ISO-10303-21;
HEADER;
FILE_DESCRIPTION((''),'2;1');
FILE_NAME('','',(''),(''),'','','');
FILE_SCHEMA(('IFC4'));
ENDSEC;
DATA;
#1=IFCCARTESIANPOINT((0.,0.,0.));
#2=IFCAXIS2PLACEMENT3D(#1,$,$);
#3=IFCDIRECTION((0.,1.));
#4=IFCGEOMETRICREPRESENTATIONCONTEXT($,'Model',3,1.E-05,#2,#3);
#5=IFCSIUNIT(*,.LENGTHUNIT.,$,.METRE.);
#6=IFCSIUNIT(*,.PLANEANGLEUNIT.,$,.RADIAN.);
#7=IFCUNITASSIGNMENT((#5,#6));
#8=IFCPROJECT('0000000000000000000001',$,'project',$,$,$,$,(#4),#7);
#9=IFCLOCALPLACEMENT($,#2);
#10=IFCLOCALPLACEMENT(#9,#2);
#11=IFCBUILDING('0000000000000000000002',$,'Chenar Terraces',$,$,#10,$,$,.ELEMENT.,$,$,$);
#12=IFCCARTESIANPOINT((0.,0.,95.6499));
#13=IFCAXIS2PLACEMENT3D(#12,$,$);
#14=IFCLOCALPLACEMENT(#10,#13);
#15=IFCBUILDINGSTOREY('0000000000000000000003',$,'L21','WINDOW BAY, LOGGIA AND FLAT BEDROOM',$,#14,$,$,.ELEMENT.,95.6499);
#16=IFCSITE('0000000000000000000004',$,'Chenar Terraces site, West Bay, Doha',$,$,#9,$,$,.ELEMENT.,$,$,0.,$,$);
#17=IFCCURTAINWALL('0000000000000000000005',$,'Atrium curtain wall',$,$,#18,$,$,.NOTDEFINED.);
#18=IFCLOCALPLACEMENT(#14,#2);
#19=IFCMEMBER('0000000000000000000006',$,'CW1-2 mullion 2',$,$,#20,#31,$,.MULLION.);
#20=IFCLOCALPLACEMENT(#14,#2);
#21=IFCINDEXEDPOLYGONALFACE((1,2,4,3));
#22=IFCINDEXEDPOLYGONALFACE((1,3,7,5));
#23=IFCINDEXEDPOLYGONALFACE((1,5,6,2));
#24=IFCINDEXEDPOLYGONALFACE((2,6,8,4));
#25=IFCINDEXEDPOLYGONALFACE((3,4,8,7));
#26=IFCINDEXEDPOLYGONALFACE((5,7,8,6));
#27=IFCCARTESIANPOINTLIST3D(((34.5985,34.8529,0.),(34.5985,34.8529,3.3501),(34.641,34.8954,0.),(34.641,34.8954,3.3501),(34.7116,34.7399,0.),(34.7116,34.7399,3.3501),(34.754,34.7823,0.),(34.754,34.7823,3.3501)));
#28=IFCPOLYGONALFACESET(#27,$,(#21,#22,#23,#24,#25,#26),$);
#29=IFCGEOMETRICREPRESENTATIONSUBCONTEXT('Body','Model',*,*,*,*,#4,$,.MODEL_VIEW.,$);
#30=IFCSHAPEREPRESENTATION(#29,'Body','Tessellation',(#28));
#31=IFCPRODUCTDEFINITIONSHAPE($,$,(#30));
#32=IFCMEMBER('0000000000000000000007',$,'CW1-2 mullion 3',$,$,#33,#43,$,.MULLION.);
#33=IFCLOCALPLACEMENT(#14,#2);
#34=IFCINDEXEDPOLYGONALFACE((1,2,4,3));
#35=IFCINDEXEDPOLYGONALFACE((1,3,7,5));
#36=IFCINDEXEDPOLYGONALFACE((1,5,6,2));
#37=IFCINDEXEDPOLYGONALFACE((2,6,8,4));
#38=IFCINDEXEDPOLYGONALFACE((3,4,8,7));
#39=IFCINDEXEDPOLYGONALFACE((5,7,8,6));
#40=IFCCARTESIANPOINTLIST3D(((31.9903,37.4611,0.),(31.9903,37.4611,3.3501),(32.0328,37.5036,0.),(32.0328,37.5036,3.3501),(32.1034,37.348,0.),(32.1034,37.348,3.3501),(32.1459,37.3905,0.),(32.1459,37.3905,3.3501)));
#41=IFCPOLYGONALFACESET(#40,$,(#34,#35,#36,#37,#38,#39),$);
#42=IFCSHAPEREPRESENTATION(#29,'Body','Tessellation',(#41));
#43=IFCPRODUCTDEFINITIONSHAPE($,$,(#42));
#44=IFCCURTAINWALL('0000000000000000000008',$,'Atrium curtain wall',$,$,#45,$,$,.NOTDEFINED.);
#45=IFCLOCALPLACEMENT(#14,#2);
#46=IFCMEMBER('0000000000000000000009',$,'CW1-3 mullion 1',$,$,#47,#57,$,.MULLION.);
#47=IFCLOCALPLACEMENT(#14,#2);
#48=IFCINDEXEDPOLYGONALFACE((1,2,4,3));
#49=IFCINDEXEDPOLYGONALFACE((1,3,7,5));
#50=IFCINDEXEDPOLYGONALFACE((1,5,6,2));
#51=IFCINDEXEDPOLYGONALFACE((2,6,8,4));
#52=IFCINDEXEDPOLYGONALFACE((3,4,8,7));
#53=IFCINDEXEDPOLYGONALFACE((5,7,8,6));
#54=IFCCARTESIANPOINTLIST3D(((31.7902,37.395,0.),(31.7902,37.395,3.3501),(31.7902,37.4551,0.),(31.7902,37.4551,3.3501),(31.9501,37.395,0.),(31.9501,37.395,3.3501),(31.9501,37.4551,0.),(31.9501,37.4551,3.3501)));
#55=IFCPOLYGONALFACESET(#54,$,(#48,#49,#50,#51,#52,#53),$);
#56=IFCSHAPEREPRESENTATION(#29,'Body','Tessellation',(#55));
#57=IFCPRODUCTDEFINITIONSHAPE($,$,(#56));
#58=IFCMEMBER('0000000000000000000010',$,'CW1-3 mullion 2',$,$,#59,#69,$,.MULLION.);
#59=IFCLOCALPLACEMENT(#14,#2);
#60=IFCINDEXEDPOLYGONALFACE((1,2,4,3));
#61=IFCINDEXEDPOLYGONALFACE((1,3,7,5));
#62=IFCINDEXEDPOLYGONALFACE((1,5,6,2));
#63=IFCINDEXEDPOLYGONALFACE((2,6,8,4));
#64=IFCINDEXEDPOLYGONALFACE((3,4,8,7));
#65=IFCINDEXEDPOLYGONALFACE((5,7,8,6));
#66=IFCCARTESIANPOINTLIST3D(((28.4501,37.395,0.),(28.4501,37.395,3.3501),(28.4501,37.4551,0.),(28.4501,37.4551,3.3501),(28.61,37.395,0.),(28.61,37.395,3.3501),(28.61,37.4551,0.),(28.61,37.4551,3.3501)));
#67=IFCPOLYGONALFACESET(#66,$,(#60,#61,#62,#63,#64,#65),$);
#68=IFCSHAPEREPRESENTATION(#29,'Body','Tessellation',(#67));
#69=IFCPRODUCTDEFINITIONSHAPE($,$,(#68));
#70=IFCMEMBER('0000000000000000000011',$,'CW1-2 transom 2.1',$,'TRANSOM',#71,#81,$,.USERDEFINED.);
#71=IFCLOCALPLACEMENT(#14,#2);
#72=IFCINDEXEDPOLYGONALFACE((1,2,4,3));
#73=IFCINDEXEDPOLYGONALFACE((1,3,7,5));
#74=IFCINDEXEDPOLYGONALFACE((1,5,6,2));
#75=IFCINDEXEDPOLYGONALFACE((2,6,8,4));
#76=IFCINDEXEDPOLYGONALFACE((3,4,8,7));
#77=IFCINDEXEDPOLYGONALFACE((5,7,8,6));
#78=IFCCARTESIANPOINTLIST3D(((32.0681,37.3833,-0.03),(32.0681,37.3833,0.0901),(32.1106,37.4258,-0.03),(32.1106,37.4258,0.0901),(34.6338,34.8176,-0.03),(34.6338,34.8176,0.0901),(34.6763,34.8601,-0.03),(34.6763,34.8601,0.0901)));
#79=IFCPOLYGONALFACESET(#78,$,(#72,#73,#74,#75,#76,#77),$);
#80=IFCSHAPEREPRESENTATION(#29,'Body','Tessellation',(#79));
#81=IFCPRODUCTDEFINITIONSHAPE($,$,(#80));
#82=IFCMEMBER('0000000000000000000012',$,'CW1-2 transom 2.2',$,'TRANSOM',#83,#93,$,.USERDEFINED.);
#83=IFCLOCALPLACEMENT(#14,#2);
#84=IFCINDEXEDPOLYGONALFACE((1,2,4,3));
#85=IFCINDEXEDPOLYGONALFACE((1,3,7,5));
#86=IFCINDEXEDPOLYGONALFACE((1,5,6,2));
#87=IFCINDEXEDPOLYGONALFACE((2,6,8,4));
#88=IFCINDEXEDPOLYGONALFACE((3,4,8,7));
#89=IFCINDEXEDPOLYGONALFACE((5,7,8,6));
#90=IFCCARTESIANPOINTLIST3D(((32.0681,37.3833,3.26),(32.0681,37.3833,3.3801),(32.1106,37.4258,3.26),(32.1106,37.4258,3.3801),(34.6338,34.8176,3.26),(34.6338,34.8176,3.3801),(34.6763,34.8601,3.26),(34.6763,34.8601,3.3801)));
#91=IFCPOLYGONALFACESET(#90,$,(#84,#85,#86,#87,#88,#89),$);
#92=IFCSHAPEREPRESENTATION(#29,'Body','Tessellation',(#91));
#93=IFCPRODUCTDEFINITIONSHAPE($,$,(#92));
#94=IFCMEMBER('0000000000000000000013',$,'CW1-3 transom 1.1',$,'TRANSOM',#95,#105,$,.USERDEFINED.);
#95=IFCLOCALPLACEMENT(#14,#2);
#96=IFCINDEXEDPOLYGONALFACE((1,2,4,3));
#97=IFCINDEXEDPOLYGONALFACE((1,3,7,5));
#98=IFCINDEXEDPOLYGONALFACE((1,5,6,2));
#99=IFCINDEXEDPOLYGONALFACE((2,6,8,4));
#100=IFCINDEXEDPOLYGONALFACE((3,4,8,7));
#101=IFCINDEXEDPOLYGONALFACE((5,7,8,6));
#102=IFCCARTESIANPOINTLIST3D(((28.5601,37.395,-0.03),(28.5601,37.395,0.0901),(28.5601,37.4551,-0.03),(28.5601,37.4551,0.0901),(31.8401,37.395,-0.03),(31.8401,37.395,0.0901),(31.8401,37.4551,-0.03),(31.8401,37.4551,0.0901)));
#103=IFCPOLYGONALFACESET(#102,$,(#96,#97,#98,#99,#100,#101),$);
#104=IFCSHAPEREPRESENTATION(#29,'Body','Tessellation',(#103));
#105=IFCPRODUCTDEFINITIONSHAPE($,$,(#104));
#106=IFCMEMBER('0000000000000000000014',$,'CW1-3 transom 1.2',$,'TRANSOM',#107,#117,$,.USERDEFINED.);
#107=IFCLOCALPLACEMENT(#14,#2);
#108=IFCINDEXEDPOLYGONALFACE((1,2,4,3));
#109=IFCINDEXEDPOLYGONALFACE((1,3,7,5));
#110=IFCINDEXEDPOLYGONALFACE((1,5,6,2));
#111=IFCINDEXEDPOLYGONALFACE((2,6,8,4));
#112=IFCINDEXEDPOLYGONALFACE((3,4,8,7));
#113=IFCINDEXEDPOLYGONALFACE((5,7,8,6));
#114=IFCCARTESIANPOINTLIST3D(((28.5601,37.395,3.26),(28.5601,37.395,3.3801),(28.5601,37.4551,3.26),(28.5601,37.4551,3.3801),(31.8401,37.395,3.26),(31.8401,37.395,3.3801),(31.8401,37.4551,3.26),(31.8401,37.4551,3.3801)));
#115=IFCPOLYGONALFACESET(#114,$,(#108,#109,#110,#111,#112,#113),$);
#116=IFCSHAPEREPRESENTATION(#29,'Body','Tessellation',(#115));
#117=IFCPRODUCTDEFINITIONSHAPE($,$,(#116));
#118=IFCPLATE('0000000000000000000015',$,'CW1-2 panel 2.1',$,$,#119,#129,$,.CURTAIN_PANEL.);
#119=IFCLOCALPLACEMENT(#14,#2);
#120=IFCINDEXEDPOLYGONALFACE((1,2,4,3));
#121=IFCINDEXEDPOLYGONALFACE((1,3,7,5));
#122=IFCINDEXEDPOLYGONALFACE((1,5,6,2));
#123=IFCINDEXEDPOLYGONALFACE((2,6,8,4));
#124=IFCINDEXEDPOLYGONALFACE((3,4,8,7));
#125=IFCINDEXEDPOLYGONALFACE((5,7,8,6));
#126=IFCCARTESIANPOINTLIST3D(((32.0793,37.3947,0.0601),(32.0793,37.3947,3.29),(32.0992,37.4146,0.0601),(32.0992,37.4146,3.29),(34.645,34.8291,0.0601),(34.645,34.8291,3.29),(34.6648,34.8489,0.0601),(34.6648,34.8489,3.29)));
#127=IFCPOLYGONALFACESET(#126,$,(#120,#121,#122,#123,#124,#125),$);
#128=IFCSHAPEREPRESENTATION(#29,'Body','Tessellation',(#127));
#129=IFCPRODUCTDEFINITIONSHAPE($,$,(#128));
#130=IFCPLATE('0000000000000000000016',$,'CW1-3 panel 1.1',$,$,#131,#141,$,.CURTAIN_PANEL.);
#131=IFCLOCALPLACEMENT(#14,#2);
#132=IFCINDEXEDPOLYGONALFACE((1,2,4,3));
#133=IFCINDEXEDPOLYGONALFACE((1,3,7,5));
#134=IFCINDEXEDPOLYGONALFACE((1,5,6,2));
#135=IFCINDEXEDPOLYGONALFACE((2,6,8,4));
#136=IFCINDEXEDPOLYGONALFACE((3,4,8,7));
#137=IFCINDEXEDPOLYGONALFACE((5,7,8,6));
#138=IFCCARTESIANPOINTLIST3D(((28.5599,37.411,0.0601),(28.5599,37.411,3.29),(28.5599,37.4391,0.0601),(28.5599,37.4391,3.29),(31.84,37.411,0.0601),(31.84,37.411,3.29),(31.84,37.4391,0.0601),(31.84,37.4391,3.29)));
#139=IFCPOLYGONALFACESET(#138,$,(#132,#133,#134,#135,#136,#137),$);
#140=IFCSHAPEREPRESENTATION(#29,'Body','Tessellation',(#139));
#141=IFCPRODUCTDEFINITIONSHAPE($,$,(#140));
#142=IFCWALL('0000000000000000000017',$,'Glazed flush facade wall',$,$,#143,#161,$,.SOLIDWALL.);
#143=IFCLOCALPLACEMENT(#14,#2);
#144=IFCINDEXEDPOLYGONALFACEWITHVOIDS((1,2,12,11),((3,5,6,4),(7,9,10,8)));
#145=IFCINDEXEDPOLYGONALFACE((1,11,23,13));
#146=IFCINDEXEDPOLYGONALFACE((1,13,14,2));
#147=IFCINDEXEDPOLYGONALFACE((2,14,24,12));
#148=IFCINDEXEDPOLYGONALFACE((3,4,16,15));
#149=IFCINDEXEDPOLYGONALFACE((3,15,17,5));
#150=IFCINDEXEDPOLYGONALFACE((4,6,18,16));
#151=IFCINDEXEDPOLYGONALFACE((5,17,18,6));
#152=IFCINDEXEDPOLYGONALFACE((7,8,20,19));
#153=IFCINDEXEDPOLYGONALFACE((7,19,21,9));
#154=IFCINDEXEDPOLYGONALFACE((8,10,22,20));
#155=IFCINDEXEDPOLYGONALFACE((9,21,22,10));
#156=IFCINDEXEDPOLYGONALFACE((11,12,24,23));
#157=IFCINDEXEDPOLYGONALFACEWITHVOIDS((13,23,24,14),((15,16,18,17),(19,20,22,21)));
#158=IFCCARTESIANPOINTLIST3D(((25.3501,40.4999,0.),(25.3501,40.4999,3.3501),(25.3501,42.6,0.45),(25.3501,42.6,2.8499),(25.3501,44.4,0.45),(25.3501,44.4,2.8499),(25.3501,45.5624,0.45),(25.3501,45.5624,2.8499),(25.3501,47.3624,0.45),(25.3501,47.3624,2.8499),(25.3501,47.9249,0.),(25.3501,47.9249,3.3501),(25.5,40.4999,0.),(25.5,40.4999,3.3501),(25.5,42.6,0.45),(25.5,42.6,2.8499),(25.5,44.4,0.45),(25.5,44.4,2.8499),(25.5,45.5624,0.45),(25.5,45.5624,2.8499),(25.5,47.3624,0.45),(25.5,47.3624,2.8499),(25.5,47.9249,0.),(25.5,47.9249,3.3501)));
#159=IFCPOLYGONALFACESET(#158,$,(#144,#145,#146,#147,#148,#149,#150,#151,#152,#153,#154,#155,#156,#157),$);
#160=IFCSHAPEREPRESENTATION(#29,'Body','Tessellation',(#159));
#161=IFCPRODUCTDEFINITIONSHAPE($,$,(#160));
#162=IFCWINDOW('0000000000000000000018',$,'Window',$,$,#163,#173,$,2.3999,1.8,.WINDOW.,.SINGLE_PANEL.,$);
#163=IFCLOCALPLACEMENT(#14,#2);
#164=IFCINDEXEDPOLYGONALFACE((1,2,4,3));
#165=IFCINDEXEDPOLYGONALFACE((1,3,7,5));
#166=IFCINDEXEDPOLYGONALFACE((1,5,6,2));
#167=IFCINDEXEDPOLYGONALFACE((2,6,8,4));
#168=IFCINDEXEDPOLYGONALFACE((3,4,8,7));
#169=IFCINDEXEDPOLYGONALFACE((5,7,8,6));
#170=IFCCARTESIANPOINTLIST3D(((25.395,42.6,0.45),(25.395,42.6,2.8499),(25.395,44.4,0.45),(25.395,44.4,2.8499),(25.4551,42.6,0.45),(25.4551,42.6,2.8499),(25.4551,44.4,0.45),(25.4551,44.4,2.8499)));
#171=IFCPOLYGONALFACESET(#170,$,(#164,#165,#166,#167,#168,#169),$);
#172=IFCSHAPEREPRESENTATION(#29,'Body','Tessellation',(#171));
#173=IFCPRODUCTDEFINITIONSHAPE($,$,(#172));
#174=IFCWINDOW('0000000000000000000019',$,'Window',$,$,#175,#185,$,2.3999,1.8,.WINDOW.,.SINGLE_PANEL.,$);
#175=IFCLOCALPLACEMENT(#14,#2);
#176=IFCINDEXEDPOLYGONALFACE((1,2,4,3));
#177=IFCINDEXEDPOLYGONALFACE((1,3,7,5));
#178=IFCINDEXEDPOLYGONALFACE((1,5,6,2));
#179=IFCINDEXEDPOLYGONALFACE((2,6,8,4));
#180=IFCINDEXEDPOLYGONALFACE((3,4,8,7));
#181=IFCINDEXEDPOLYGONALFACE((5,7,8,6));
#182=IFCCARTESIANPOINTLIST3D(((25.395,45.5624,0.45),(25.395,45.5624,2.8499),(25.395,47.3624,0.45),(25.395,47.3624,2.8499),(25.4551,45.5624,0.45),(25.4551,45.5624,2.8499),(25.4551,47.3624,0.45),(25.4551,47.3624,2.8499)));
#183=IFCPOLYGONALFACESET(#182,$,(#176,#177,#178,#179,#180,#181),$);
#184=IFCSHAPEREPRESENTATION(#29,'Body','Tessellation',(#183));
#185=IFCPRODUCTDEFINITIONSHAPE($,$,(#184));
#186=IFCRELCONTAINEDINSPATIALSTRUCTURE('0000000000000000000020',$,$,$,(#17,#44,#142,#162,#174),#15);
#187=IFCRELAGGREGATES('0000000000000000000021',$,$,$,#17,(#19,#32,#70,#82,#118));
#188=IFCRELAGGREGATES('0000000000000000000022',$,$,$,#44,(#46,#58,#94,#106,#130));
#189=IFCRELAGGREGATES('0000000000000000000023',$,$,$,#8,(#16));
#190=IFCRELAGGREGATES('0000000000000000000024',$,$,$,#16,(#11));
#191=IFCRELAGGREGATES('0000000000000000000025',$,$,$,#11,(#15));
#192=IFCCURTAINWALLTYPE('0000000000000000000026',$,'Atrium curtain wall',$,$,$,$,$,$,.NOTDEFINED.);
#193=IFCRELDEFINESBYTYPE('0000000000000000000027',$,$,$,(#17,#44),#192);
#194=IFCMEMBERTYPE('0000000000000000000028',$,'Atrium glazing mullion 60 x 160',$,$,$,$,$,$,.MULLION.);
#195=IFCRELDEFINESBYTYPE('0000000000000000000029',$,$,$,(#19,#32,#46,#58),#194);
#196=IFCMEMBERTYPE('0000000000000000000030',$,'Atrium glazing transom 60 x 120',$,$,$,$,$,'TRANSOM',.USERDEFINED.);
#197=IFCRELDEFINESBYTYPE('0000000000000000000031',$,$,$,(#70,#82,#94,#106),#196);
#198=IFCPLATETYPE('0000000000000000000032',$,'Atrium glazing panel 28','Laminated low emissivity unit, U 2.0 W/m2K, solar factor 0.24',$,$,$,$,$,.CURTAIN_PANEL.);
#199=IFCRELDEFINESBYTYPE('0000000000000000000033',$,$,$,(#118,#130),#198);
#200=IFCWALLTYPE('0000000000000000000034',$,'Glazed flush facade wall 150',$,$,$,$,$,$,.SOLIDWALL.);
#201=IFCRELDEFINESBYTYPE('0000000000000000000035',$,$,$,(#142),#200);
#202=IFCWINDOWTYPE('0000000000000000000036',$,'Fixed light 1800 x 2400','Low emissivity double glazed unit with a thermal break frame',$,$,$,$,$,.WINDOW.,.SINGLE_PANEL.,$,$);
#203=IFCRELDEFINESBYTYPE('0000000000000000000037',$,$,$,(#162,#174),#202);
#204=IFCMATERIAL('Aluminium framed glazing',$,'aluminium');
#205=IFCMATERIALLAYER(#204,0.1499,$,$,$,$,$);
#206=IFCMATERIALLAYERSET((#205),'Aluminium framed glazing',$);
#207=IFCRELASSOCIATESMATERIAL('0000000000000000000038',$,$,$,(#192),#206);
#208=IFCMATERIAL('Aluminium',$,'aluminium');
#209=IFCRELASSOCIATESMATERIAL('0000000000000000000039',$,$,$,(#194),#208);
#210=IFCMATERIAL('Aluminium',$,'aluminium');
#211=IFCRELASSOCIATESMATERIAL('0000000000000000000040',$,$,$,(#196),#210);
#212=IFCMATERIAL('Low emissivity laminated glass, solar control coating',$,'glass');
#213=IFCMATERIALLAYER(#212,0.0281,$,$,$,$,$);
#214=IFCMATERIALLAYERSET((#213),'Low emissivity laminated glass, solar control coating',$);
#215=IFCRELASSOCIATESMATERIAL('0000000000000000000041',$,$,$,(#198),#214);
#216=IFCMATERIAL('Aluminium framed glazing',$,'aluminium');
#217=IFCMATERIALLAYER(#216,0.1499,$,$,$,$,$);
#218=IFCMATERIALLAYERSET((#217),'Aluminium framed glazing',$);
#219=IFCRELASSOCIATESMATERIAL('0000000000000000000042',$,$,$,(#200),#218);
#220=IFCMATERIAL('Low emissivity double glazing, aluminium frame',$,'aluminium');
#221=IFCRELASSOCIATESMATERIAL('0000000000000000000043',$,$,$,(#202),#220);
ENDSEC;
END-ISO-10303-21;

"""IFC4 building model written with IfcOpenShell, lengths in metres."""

from ifc_helpers import new_model, si_unit, direction, frame, frame_2d, origin, origin_2d, place, context, subcontext, project, spatial, rectangle, extrude, material, layer, layer_set, material_profile, profile_set, type_object, element, fill, aggregate, save


model = new_model("IFC4")

# Units and contexts
model_context = context("Model", 3, precision=1e-05, world=origin(), true_north=direction((0.0, 1.0)))
body_context = subcontext(model_context, "Body", "Model", "MODEL_VIEW")
ifc_project = project(units=[si_unit("LENGTHUNIT", "METRE"), si_unit("PLANEANGLEUNIT", "RADIAN")], contexts=[model_context])

# Site, building, storey
site_placement = place(None, origin())
site = spatial("IfcSite", under=ifc_project, at=site_placement, Name="Chenar Terraces site, West Bay, Doha", CompositionType="ELEMENT", RefElevation=0.0)
building_placement = place(site_placement, origin())
building = spatial("IfcBuilding", under=site, at=building_placement, Name="Chenar Terraces", CompositionType="ELEMENT")
storey_placement = place(building_placement, frame((0.0, 0.0, 95.6499)))
storey = spatial("IfcBuildingStorey", under=building, at=storey_placement, Name="L21", Description="WINDOW BAY, LOGGIA AND FLAT BEDROOM", CompositionType="ELEMENT", Elevation=95.6499)

# Curtain walls, members
ifc_material_1 = material(Name="Aluminium framed glazing", Category="aluminium")
ifc_layer_1 = layer(ifc_material_1, 0.1499)
ifc_layer_set_1 = layer_set([ifc_layer_1], Name="Aluminium framed glazing")
curtain_wall_type = type_object("IfcCurtainWallType", Name="Atrium curtain wall", PredefinedType="NOTDEFINED", material=ifc_layer_set_1)
placement = place(storey_placement, origin())
curtain_wall_1 = element("IfcCurtainWall", 1, at=placement, inside=storey, type_object=curtain_wall_type, Name="Atrium curtain wall", PredefinedType="NOTDEFINED")
ifc_material_2 = material(Name="Aluminium", Category="aluminium")
ifc_material_profile_1 = material_profile(ifc_material_2, rectangle(XDim=0.0601, YDim=0.1599, at=origin_2d()), Name="Atrium glazing mullion 60 x 160")
ifc_profile_set_1 = profile_set([ifc_material_profile_1], Name="Aluminium")
member_type_1 = type_object("IfcMemberType", Name="Atrium glazing mullion 60 x 160", PredefinedType="MULLION", material=ifc_profile_set_1)
member_1_placement = place(storey_placement, frame((34.6763, 34.8176, 0.0), z_axis=(0.0, 0.0, 1.0), x_axis=(-0.707107, -0.707107, 0.0)))
member_1 = element("IfcMember", 2, at=member_1_placement, type_object=member_type_1, Name="CW1-2 mullion 2", PredefinedType="MULLION", context=body_context, shape_type="SweptSolid", body=[
    extrude(rectangle(XDim=0.0601, YDim=0.1599, at=origin_2d()), origin(), (0.0, 0.0, 1.0), 3.3501),
])
member_2_placement = place(storey_placement, frame((32.0681, 37.4258, 0.0), z_axis=(0.0, 0.0, 1.0), x_axis=(-0.707107, -0.707107, 0.0)))
member_2 = element("IfcMember", 3, at=member_2_placement, type_object=member_type_1, Name="CW1-2 mullion 3", PredefinedType="MULLION", context=body_context, shape_type="SweptSolid", body=[
    extrude(rectangle(XDim=0.0601, YDim=0.1599, at=origin_2d()), origin(), (0.0, 0.0, 1.0), 3.3501),
])
curtain_wall_2 = element("IfcCurtainWall", 4, at=placement, inside=storey, type_object=curtain_wall_type, Name="Atrium curtain wall", PredefinedType="NOTDEFINED")
member_3_placement = place(storey_placement, frame((31.8701, 37.425, 0.0), z_axis=(0.0, 0.0, 1.0), x_axis=(0.0, -1.0, 0.0)))
member_3 = element("IfcMember", 5, at=member_3_placement, type_object=member_type_1, Name="CW1-3 mullion 1", PredefinedType="MULLION", context=body_context, shape_type="SweptSolid", body=[
    extrude(rectangle(XDim=0.0601, YDim=0.1599, at=origin_2d()), origin(), (0.0, 0.0, 1.0), 3.3501),
])
member_4_placement = place(storey_placement, frame((28.53, 37.425, 0.0), z_axis=(0.0, 0.0, 1.0), x_axis=(0.0, -1.0, 0.0)))
member_4 = element("IfcMember", 6, at=member_4_placement, type_object=member_type_1, Name="CW1-3 mullion 2", PredefinedType="MULLION", context=body_context, shape_type="SweptSolid", body=[
    extrude(rectangle(XDim=0.0601, YDim=0.1599, at=origin_2d()), origin(), (0.0, 0.0, 1.0), 3.3501),
])

# Members
ifc_material_3 = material(Name="Aluminium", Category="aluminium")
ifc_material_profile_2 = material_profile(ifc_material_3, rectangle(XDim=0.0601, YDim=0.1201, at=origin_2d()), Name="Atrium glazing transom 60 x 120")
ifc_profile_set_2 = profile_set([ifc_material_profile_2], Name="Aluminium")
member_type_2 = type_object("IfcMemberType", Name="Atrium glazing transom 60 x 120", ElementType="TRANSOM", PredefinedType="USERDEFINED", material=ifc_profile_set_2)
member_5_placement = place(storey_placement, frame((34.655, 34.8389, 0.03), z_axis=(-0.707107, 0.707107, 0.0), x_axis=(-0.707107, -0.707107, 0.0)))
member_5 = element("IfcMember", 7, at=member_5_placement, type_object=member_type_2, Name="CW1-2 transom 2.1", ObjectType="TRANSOM", PredefinedType="USERDEFINED", context=body_context, shape_type="SweptSolid", body=[
    extrude(rectangle(XDim=0.0601, YDim=0.1201, at=origin_2d()), origin(), (0.0, 0.0, 1.0), 3.6284),
])
member_6_placement = place(storey_placement, frame((34.655, 34.8389, 3.3201), z_axis=(-0.707107, 0.707107, 0.0), x_axis=(-0.707107, -0.707107, 0.0)))
member_6 = element("IfcMember", 8, at=member_6_placement, type_object=member_type_2, Name="CW1-2 transom 2.2", ObjectType="TRANSOM", PredefinedType="USERDEFINED", context=body_context, shape_type="SweptSolid", body=[
    extrude(rectangle(XDim=0.0601, YDim=0.1201, at=origin_2d()), origin(), (0.0, 0.0, 1.0), 3.6284),
])
member_7_placement = place(storey_placement, frame((31.8401, 37.425, 0.03), z_axis=(-1.0, 0.0, 0.0), x_axis=(0.0, -1.0, 0.0)))
member_7 = element("IfcMember", 9, at=member_7_placement, type_object=member_type_2, Name="CW1-3 transom 1.1", ObjectType="TRANSOM", PredefinedType="USERDEFINED", context=body_context, shape_type="SweptSolid", body=[
    extrude(rectangle(XDim=0.0601, YDim=0.1201, at=origin_2d()), origin(), (0.0, 0.0, 1.0), 3.28),
])
member_8_placement = place(storey_placement, frame((31.8401, 37.425, 3.3201), z_axis=(-1.0, 0.0, 0.0), x_axis=(0.0, -1.0, 0.0)))
member_8 = element("IfcMember", 10, at=member_8_placement, type_object=member_type_2, Name="CW1-3 transom 1.2", ObjectType="TRANSOM", PredefinedType="USERDEFINED", context=body_context, shape_type="SweptSolid", body=[
    extrude(rectangle(XDim=0.0601, YDim=0.1201, at=origin_2d()), origin(), (0.0, 0.0, 1.0), 3.28),
])

# Plates
ifc_material_4 = material(Name="Low emissivity laminated glass, solar control coating", Category="glass")
ifc_layer_2 = layer(ifc_material_4, 0.0281)
ifc_layer_set_2 = layer_set([ifc_layer_2], Name="Low emissivity laminated glass, solar control coating")
plate_type = type_object("IfcPlateType", Name="Atrium glazing panel 28", Description="Laminated low emissivity unit, U 2.0 W/m2K, solar factor 0.24", PredefinedType="CURTAIN_PANEL", material=ifc_layer_set_2)
plate_1_placement = place(storey_placement, frame((33.3721, 36.1218, 0.0601), z_axis=(0.0, 0.0, 1.0), x_axis=(-0.707107, 0.707107, 0.0)))
plate_1 = element("IfcPlate", 11, at=plate_1_placement, type_object=plate_type, Name="CW1-2 panel 2.1", PredefinedType="CURTAIN_PANEL", context=body_context, shape_type="SweptSolid", body=[
    extrude(rectangle(XDim=3.6284, YDim=0.0281, at=origin_2d()), origin(), (0.0, 0.0, 1.0), 3.23),
])
aggregate(curtain_wall_1, [member_1, member_2, member_5, member_6, plate_1])
plate_2_placement = place(storey_placement, frame((30.2, 37.425, 0.0601), z_axis=(0.0, 0.0, 1.0), x_axis=(-1.0, 0.0, 0.0)))
plate_2 = element("IfcPlate", 12, at=plate_2_placement, type_object=plate_type, Name="CW1-3 panel 1.1", PredefinedType="CURTAIN_PANEL", context=body_context, shape_type="SweptSolid", body=[
    extrude(rectangle(XDim=3.28, YDim=0.0281, at=origin_2d()), origin(), (0.0, 0.0, 1.0), 3.23),
])
aggregate(curtain_wall_2, [member_3, member_4, member_7, member_8, plate_2])

# Wall, openings, windows
ifc_material_5 = material(Name="Aluminium framed glazing", Category="aluminium")
ifc_layer_3 = layer(ifc_material_5, 0.1499)
ifc_layer_set_3 = layer_set([ifc_layer_3], Name="Aluminium framed glazing")
wall_type_1 = type_object("IfcWallType", Name="Glazed flush facade wall 150", PredefinedType="SOLIDWALL", material=ifc_layer_set_3)
wall_1_placement = place(storey_placement, frame((25.425, 40.5, 0.0), z_axis=(0.0, 0.0, 1.0), x_axis=(0.0, 1.0, 0.0)))
wall_1 = element("IfcWall", 13, at=wall_1_placement, inside=storey, type_object=wall_type_1, Name="Glazed flush facade wall", PredefinedType="SOLIDWALL", context=body_context, shape_type="SweptSolid", body=[
    extrude(rectangle(XDim=7.425, YDim=0.1499, at=frame_2d((3.7124, 0.0))), origin(), (0.0, 0.0, 1.0), 3.3501),
])
opening_1_placement = place(wall_1_placement, frame((2.1001, 0.0, 0.45)))
opening_1 = element("IfcOpeningElement", 14, at=opening_1_placement, cuts=wall_1, PredefinedType="OPENING", context=body_context, shape_type="SweptSolid", body=[
    extrude(rectangle(XDim=1.8, YDim=2.3999, at=frame_2d((0.8999, 1.2))), frame((0.0, 0.085, 0.0), z_axis=(0.0, -1.0, 0.0), x_axis=(1.0, 0.0, 0.0)), (0.0, 0.0, 1.0), 0.1699),
])
opening_2_placement = place(wall_1_placement, frame((5.0625, 0.0, 0.45)))
opening_2 = element("IfcOpeningElement", 15, at=opening_2_placement, cuts=wall_1, PredefinedType="OPENING", context=body_context, shape_type="SweptSolid", body=[
    extrude(rectangle(XDim=1.8, YDim=2.3999, at=frame_2d((0.8999, 1.2))), frame((0.0, 0.085, 0.0), z_axis=(0.0, -1.0, 0.0), x_axis=(1.0, 0.0, 0.0)), (0.0, 0.0, 1.0), 0.1699),
])
ifc_material_6 = material(Name="Low emissivity double glazing, aluminium frame", Category="aluminium")
window_type_1 = type_object("IfcWindowType", Name="Fixed light 1800 x 2400", Description="Low emissivity double glazed unit with a thermal break frame", PartitioningType="SINGLE_PANEL", PredefinedType="WINDOW", material=ifc_material_6)
window_1_placement = place(opening_1_placement, origin())
window_1 = element("IfcWindow", 16, at=window_1_placement, inside=storey, type_object=window_type_1, Name="Window", OverallHeight=2.3999, OverallWidth=1.8, PartitioningType="SINGLE_PANEL", PredefinedType="WINDOW", context=body_context, shape_type="SweptSolid", body=[
    extrude(rectangle(XDim=1.8, YDim=2.3999, at=frame_2d((0.8999, 1.2))), frame((0.0, 0.03, 0.0), z_axis=(0.0, -1.0, 0.0), x_axis=(1.0, 0.0, 0.0)), (0.0, 0.0, 1.0), 0.0601),
])
fill(opening_1, window_1)
window_2_placement = place(opening_2_placement, origin())
window_2 = element("IfcWindow", 17, at=window_2_placement, inside=storey, type_object=window_type_1, Name="Window", OverallHeight=2.3999, OverallWidth=1.8, PartitioningType="SINGLE_PANEL", PredefinedType="WINDOW", context=body_context, shape_type="SweptSolid", body=[
    extrude(rectangle(XDim=1.8, YDim=2.3999, at=frame_2d((0.8999, 1.2))), frame((0.0, 0.03, 0.0), z_axis=(0.0, -1.0, 0.0), x_axis=(1.0, 0.0, 0.0)), (0.0, 0.0, 1.0), 0.0601),
])
fill(opening_2, window_2)

save(model, "model.ifc")
